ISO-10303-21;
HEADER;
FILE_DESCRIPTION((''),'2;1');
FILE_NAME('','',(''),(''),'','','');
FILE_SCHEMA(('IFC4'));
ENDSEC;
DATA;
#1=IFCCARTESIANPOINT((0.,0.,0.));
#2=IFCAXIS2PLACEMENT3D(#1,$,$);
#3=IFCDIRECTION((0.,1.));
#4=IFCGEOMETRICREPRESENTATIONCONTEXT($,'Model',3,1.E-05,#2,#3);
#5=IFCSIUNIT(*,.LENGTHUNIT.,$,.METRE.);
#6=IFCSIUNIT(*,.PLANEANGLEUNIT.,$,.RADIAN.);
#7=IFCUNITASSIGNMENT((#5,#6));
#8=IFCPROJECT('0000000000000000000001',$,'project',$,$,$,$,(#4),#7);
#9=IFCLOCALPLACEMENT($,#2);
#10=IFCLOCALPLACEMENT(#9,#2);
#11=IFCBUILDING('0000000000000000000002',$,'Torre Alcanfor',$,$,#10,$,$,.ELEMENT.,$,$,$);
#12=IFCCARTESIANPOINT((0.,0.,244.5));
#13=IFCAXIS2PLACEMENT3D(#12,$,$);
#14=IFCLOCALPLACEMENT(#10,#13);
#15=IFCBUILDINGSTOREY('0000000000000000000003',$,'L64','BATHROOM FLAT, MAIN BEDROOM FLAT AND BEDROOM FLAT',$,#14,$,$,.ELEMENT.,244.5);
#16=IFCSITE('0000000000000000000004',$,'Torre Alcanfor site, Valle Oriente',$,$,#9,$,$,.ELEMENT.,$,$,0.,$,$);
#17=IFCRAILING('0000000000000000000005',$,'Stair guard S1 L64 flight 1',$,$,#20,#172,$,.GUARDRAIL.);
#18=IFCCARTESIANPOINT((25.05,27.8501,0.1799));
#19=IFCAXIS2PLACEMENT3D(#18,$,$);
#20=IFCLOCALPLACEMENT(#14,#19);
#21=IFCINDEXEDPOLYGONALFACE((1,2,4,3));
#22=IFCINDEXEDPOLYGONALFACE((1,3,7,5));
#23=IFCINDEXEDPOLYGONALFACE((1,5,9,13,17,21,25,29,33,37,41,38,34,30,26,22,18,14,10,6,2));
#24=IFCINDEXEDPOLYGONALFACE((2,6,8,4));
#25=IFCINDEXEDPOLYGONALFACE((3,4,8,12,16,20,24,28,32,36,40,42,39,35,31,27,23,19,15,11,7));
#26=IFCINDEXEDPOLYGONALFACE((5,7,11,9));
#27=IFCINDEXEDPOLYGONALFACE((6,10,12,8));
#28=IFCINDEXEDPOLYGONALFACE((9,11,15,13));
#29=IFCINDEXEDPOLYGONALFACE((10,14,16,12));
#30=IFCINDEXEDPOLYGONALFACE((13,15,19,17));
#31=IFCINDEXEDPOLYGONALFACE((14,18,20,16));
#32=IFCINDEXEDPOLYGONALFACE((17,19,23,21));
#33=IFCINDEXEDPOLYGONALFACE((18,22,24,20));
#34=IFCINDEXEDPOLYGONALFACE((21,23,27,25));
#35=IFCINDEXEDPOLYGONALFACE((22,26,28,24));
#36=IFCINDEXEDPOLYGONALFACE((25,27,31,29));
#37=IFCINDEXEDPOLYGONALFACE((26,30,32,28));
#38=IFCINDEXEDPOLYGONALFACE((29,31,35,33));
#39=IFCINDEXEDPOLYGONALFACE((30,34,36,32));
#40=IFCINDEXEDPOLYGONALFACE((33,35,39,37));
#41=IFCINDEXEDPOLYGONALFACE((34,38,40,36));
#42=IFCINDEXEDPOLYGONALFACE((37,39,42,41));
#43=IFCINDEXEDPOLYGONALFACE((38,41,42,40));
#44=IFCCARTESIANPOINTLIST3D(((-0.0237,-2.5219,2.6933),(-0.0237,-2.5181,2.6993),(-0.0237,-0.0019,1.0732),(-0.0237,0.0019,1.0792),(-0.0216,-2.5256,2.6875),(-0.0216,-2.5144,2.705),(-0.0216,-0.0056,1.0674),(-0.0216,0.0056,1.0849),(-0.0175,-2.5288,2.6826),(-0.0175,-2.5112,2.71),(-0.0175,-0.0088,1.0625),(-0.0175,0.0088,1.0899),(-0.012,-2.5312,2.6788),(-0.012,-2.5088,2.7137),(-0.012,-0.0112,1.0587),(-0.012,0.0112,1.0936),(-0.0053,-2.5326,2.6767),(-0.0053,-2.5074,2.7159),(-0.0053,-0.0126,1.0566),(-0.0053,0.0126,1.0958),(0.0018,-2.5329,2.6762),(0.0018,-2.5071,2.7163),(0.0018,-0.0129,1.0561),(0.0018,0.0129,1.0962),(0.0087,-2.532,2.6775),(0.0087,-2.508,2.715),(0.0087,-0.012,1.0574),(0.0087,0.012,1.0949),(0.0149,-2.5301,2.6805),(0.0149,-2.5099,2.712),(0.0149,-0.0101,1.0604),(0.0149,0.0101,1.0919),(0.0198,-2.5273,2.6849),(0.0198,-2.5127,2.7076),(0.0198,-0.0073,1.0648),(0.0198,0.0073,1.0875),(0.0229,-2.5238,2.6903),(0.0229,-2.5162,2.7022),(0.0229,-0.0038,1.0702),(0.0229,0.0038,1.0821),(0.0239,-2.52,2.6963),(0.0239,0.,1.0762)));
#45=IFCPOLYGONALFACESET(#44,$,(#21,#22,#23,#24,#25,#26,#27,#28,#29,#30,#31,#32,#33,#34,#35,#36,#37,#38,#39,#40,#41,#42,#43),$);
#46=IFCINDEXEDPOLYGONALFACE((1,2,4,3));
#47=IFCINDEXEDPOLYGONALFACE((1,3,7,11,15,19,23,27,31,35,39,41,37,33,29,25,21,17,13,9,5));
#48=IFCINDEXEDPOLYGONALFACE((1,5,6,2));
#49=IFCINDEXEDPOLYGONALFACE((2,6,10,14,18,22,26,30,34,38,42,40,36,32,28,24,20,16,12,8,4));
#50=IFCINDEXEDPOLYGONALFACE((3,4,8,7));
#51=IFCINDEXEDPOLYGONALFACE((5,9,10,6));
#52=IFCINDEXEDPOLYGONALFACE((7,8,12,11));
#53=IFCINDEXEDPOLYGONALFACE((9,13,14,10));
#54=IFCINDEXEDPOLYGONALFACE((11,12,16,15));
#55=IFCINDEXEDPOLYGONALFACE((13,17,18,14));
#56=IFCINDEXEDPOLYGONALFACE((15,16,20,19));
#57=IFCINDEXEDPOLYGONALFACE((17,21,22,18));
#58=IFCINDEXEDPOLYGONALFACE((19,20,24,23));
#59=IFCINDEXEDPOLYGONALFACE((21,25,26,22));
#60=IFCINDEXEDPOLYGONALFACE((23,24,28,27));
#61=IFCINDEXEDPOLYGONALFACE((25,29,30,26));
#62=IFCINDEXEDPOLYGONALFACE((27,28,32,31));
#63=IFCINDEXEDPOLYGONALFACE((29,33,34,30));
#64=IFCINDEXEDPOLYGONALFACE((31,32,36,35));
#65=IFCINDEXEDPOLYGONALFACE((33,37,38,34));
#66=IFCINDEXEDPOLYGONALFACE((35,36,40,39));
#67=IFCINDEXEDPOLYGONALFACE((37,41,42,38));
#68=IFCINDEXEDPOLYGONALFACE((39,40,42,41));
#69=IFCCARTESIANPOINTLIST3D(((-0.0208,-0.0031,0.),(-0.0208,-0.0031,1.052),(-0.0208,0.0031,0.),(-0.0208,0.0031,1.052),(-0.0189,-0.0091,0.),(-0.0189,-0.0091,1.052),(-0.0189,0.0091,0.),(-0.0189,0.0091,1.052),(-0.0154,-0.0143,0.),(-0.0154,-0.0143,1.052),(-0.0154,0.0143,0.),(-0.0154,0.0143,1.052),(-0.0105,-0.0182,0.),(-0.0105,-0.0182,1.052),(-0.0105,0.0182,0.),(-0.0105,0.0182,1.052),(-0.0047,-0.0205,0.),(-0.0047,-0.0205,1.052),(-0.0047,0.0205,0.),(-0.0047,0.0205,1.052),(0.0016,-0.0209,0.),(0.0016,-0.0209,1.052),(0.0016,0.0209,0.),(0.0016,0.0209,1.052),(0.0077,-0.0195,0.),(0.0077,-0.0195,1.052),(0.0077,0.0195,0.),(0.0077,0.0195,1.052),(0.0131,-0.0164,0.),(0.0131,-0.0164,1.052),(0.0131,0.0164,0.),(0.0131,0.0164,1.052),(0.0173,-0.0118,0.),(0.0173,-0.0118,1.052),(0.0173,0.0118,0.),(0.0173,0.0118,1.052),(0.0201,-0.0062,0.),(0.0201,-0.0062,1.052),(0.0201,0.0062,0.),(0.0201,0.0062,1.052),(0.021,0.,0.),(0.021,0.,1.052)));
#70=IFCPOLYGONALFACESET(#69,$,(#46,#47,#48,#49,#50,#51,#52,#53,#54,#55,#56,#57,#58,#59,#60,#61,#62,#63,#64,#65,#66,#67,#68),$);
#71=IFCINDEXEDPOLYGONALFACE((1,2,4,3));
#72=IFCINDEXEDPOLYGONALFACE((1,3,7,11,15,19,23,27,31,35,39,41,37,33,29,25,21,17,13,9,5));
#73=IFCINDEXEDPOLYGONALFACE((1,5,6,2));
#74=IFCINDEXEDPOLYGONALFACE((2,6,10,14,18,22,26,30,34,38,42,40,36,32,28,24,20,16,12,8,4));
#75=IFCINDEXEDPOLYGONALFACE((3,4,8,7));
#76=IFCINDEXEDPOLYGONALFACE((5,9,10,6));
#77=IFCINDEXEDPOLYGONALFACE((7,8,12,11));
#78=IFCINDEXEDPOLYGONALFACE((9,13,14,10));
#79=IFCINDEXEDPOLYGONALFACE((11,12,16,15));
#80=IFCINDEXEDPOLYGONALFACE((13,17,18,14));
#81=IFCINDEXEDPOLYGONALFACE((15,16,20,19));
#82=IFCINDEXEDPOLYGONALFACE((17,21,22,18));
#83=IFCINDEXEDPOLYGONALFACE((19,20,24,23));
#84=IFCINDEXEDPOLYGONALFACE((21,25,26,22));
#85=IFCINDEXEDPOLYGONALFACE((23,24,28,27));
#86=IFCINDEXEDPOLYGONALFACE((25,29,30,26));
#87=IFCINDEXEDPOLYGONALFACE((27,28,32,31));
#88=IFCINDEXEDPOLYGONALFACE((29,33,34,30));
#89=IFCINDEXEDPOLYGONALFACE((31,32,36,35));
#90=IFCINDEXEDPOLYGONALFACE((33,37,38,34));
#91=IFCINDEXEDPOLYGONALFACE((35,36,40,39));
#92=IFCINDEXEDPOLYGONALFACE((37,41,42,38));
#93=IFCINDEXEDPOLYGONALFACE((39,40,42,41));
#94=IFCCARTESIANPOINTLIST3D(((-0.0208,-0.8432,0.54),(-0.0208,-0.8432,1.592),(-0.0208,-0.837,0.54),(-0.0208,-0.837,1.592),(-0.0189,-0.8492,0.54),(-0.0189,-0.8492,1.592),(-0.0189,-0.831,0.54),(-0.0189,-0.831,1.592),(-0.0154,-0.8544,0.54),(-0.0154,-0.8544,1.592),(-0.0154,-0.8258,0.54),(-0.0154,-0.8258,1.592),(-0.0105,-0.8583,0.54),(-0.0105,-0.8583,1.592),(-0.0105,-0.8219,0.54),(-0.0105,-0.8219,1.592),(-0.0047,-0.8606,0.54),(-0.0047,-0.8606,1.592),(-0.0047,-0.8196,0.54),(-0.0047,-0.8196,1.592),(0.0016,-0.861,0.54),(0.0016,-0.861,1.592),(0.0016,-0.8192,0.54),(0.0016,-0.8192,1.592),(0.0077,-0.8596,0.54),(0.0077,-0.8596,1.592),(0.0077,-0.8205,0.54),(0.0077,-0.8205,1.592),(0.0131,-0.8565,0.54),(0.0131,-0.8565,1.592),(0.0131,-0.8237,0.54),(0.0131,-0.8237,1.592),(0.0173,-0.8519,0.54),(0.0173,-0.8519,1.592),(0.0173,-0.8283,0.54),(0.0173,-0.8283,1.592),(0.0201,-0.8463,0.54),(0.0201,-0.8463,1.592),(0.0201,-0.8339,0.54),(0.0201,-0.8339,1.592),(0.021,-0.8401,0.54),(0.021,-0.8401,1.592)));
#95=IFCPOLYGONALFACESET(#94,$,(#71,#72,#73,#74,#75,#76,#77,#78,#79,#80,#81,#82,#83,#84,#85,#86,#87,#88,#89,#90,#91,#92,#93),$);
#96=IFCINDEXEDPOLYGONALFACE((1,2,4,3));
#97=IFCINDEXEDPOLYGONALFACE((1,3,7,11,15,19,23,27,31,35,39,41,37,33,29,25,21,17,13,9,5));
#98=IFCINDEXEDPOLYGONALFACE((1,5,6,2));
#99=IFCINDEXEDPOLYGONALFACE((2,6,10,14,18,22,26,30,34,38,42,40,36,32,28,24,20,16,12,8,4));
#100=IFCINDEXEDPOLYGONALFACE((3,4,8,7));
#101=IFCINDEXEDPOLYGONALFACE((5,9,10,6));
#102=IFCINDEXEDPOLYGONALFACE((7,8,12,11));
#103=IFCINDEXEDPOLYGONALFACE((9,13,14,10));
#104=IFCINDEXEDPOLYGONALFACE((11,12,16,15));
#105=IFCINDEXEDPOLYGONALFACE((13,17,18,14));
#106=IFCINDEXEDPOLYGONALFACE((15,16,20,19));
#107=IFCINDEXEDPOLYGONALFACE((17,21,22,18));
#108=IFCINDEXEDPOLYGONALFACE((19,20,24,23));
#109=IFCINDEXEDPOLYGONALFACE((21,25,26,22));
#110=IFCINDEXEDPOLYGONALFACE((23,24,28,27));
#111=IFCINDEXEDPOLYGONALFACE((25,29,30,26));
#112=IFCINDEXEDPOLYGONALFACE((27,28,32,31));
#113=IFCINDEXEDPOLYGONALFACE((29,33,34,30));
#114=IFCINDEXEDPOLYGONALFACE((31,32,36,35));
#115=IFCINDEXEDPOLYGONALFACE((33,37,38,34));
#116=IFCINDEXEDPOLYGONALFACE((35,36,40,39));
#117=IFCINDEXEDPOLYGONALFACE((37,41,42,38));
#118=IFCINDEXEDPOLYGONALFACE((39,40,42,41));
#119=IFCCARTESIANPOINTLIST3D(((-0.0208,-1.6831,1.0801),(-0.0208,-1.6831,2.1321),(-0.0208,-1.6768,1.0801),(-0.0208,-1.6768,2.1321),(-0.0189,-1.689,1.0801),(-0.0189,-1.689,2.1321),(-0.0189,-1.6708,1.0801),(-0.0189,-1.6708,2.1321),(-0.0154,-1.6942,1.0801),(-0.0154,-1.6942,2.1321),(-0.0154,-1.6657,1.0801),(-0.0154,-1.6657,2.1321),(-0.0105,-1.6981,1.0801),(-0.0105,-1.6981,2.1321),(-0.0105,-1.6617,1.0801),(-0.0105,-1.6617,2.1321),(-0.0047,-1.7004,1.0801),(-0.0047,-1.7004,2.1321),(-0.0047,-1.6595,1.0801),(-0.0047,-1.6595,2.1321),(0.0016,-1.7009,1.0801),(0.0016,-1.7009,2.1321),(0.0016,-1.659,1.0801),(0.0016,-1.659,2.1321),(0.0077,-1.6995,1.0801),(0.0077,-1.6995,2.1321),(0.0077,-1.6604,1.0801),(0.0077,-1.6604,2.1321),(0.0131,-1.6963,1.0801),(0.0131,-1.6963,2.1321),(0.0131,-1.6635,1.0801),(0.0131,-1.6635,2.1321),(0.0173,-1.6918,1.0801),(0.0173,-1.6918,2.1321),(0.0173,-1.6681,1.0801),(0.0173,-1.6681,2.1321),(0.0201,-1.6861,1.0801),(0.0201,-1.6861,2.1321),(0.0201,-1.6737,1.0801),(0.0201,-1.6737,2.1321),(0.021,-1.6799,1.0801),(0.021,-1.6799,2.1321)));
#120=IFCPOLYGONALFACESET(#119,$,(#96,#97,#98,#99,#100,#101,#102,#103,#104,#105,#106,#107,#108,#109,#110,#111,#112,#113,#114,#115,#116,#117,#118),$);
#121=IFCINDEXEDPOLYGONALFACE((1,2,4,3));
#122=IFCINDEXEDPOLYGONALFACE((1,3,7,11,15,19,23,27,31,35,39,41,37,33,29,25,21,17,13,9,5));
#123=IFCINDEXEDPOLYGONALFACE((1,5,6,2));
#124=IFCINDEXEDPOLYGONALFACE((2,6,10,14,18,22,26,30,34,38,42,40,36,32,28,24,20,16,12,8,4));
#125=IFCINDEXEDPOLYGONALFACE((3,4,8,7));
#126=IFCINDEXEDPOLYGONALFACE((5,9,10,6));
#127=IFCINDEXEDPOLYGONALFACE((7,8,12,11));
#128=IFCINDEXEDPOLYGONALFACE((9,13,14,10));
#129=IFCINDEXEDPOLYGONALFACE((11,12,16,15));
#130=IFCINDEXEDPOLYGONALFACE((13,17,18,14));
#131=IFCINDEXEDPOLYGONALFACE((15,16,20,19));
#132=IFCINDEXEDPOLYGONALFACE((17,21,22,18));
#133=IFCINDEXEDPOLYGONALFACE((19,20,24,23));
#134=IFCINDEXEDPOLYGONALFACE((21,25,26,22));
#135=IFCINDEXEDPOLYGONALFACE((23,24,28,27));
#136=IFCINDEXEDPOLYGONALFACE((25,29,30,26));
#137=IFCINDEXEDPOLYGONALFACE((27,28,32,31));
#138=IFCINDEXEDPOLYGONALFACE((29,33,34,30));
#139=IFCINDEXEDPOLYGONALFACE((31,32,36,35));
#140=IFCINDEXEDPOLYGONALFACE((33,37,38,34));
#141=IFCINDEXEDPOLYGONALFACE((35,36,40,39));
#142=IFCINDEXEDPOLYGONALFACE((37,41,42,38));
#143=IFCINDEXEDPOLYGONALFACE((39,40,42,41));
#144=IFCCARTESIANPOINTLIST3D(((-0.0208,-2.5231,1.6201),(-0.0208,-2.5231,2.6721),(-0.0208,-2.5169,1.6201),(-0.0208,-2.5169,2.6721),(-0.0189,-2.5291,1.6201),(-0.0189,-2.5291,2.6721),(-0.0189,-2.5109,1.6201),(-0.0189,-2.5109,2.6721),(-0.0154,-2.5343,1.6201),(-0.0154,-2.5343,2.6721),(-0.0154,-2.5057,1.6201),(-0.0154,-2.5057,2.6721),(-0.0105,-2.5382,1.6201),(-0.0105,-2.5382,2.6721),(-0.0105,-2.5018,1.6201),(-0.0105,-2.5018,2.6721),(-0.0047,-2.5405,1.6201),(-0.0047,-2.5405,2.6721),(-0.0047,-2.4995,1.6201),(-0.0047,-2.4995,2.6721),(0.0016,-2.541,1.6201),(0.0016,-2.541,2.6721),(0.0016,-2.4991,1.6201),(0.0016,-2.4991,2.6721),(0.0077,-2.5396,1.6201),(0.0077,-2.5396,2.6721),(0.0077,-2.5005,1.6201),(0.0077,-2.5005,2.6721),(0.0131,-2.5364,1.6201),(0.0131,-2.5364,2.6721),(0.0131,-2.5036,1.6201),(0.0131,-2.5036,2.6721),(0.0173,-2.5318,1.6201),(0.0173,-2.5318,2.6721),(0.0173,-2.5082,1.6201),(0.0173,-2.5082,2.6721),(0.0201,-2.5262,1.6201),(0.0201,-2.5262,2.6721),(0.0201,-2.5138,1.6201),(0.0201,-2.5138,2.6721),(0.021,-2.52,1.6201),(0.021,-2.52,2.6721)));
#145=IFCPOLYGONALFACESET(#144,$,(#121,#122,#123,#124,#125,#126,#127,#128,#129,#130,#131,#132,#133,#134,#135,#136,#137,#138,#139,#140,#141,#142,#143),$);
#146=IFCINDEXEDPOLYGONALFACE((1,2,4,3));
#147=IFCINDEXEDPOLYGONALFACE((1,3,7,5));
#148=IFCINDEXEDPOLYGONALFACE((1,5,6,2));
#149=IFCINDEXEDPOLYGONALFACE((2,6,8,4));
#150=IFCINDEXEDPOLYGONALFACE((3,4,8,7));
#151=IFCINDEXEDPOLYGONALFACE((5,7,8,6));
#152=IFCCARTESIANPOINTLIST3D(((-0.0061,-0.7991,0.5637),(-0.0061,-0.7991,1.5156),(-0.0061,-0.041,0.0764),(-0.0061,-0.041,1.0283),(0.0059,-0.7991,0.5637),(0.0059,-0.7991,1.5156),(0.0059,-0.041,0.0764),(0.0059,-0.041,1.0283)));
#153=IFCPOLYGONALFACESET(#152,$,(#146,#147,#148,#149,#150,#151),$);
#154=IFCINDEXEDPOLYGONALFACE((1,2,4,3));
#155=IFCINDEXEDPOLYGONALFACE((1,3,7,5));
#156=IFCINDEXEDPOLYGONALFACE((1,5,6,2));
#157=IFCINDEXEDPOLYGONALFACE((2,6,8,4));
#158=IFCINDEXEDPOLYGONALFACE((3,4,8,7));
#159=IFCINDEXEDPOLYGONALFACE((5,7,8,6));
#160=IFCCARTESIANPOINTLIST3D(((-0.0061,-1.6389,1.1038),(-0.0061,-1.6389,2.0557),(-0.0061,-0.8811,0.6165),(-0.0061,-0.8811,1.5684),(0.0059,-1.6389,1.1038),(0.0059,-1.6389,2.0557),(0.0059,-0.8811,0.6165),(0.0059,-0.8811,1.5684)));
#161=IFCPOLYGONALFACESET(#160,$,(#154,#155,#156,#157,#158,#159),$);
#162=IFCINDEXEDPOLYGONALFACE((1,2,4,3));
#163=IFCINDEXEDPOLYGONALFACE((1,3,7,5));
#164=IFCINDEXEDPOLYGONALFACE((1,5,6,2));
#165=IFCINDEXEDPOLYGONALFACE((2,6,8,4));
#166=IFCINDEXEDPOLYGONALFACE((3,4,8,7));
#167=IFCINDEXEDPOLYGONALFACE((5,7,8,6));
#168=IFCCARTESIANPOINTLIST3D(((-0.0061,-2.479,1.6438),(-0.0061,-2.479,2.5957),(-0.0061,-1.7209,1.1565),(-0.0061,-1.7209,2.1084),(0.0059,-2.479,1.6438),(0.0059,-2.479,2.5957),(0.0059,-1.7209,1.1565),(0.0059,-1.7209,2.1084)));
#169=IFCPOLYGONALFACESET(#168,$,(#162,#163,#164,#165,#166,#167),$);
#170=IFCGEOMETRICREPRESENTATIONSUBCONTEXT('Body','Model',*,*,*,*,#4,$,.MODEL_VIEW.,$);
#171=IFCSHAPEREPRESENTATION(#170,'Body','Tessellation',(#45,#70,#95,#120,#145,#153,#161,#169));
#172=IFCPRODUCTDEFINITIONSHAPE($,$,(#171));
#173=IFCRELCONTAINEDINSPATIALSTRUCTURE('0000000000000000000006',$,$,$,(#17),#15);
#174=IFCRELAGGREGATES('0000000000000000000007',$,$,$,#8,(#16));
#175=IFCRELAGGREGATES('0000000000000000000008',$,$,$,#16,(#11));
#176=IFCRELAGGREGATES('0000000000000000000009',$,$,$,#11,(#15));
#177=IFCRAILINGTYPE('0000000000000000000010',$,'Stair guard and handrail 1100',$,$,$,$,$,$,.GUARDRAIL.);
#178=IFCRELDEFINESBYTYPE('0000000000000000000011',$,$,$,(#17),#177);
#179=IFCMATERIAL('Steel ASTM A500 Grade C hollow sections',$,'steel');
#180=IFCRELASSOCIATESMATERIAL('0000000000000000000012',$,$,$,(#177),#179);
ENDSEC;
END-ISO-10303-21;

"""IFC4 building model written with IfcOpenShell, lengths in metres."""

from ifc_helpers import new_model, si_unit, direction, frame, origin, origin_2d, place, context, subcontext, project, spatial, polyline, circle, outline, extrude, material, type_object, element, save


model = new_model("IFC4")

# Units and contexts
model_context = context("Model", 3, precision=1e-05, world=origin(), true_north=direction((0.0, 1.0)))
body_context = subcontext(model_context, "Body", "Model", "MODEL_VIEW")
ifc_project = project(units=[si_unit("LENGTHUNIT", "METRE"), si_unit("PLANEANGLEUNIT", "RADIAN")], contexts=[model_context])

# Site, building, storey
site_placement = place(None, origin())
site = spatial("IfcSite", under=ifc_project, at=site_placement, Name="Torre Alcanfor site, Valle Oriente", CompositionType="ELEMENT", RefElevation=0.0)
building_placement = place(site_placement, origin())
building = spatial("IfcBuilding", under=site, at=building_placement, Name="Torre Alcanfor", CompositionType="ELEMENT")
storey_placement = place(building_placement, frame((0.0, 0.0, 244.5)))
storey = spatial("IfcBuildingStorey", under=building, at=storey_placement, Name="L64", Description="BATHROOM FLAT, MAIN BEDROOM FLAT AND BEDROOM FLAT", CompositionType="ELEMENT", Elevation=244.5)

# Railing
ifc_material_1 = material(Name="Steel ASTM A500 Grade C hollow sections", Category="steel")
railing_type = type_object("IfcRailingType", Name="Stair guard and handrail 1100", PredefinedType="GUARDRAIL", material=ifc_material_1)
railing_1_placement = place(storey_placement, frame((25.05, 27.8501, 0.1799)))
element("IfcRailing", 1, at=railing_1_placement, inside=storey, type_object=railing_type, Name="Stair guard S1 L64 flight 1", PredefinedType="GUARDRAIL", context=body_context, shape_type="SweptSolid", body=[
    extrude(circle(Radius=0.0239, at=origin_2d()), frame((0.0, 0.0, 1.0762), z_axis=(0.0, -0.841163, 0.540782), x_axis=(1.0, 0.0, 0.0)), (0.0, 0.0, 1.0), 2.9958),
    extrude(circle(Radius=0.021, at=origin_2d()), origin(), (0.0, 0.0, 1.0), 1.052),
    extrude(circle(Radius=0.021, at=origin_2d()), frame((0.0, -0.8401, 0.54)), (0.0, 0.0, 1.0), 1.052),
    extrude(circle(Radius=0.021, at=origin_2d()), frame((0.0, -1.6799, 1.0801)), (0.0, 0.0, 1.0), 1.052),
    extrude(circle(Radius=0.021, at=origin_2d()), frame((0.0, -2.52, 1.6201)), (0.0, 0.0, 1.0), 1.052),
    extrude(outline(polyline([(0.041, 0.0764), (0.7991, 0.5637), (0.7991, 1.5156), (0.041, 1.0283), (0.041, 0.0764)])), frame((0.0059, 0.0, 0.0), z_axis=(-1.0, 0.0, 0.0), x_axis=(0.0, -1.0, 0.0)), (0.0, 0.0, 1.0), 0.012),
    extrude(outline(polyline([(0.8811, 0.6165), (1.6389, 1.1038), (1.6389, 2.0557), (0.8811, 1.5684), (0.8811, 0.6165)])), frame((0.0059, 0.0, 0.0), z_axis=(-1.0, 0.0, 0.0), x_axis=(0.0, -1.0, 0.0)), (0.0, 0.0, 1.0), 0.012),
    extrude(outline(polyline([(1.7209, 1.1565), (2.479, 1.6438), (2.479, 2.5957), (1.7209, 2.1084), (1.7209, 1.1565)])), frame((0.0059, 0.0, 0.0), z_axis=(-1.0, 0.0, 0.0), x_axis=(0.0, -1.0, 0.0)), (0.0, 0.0, 1.0), 0.012),
])

save(model, "model.ifc")
